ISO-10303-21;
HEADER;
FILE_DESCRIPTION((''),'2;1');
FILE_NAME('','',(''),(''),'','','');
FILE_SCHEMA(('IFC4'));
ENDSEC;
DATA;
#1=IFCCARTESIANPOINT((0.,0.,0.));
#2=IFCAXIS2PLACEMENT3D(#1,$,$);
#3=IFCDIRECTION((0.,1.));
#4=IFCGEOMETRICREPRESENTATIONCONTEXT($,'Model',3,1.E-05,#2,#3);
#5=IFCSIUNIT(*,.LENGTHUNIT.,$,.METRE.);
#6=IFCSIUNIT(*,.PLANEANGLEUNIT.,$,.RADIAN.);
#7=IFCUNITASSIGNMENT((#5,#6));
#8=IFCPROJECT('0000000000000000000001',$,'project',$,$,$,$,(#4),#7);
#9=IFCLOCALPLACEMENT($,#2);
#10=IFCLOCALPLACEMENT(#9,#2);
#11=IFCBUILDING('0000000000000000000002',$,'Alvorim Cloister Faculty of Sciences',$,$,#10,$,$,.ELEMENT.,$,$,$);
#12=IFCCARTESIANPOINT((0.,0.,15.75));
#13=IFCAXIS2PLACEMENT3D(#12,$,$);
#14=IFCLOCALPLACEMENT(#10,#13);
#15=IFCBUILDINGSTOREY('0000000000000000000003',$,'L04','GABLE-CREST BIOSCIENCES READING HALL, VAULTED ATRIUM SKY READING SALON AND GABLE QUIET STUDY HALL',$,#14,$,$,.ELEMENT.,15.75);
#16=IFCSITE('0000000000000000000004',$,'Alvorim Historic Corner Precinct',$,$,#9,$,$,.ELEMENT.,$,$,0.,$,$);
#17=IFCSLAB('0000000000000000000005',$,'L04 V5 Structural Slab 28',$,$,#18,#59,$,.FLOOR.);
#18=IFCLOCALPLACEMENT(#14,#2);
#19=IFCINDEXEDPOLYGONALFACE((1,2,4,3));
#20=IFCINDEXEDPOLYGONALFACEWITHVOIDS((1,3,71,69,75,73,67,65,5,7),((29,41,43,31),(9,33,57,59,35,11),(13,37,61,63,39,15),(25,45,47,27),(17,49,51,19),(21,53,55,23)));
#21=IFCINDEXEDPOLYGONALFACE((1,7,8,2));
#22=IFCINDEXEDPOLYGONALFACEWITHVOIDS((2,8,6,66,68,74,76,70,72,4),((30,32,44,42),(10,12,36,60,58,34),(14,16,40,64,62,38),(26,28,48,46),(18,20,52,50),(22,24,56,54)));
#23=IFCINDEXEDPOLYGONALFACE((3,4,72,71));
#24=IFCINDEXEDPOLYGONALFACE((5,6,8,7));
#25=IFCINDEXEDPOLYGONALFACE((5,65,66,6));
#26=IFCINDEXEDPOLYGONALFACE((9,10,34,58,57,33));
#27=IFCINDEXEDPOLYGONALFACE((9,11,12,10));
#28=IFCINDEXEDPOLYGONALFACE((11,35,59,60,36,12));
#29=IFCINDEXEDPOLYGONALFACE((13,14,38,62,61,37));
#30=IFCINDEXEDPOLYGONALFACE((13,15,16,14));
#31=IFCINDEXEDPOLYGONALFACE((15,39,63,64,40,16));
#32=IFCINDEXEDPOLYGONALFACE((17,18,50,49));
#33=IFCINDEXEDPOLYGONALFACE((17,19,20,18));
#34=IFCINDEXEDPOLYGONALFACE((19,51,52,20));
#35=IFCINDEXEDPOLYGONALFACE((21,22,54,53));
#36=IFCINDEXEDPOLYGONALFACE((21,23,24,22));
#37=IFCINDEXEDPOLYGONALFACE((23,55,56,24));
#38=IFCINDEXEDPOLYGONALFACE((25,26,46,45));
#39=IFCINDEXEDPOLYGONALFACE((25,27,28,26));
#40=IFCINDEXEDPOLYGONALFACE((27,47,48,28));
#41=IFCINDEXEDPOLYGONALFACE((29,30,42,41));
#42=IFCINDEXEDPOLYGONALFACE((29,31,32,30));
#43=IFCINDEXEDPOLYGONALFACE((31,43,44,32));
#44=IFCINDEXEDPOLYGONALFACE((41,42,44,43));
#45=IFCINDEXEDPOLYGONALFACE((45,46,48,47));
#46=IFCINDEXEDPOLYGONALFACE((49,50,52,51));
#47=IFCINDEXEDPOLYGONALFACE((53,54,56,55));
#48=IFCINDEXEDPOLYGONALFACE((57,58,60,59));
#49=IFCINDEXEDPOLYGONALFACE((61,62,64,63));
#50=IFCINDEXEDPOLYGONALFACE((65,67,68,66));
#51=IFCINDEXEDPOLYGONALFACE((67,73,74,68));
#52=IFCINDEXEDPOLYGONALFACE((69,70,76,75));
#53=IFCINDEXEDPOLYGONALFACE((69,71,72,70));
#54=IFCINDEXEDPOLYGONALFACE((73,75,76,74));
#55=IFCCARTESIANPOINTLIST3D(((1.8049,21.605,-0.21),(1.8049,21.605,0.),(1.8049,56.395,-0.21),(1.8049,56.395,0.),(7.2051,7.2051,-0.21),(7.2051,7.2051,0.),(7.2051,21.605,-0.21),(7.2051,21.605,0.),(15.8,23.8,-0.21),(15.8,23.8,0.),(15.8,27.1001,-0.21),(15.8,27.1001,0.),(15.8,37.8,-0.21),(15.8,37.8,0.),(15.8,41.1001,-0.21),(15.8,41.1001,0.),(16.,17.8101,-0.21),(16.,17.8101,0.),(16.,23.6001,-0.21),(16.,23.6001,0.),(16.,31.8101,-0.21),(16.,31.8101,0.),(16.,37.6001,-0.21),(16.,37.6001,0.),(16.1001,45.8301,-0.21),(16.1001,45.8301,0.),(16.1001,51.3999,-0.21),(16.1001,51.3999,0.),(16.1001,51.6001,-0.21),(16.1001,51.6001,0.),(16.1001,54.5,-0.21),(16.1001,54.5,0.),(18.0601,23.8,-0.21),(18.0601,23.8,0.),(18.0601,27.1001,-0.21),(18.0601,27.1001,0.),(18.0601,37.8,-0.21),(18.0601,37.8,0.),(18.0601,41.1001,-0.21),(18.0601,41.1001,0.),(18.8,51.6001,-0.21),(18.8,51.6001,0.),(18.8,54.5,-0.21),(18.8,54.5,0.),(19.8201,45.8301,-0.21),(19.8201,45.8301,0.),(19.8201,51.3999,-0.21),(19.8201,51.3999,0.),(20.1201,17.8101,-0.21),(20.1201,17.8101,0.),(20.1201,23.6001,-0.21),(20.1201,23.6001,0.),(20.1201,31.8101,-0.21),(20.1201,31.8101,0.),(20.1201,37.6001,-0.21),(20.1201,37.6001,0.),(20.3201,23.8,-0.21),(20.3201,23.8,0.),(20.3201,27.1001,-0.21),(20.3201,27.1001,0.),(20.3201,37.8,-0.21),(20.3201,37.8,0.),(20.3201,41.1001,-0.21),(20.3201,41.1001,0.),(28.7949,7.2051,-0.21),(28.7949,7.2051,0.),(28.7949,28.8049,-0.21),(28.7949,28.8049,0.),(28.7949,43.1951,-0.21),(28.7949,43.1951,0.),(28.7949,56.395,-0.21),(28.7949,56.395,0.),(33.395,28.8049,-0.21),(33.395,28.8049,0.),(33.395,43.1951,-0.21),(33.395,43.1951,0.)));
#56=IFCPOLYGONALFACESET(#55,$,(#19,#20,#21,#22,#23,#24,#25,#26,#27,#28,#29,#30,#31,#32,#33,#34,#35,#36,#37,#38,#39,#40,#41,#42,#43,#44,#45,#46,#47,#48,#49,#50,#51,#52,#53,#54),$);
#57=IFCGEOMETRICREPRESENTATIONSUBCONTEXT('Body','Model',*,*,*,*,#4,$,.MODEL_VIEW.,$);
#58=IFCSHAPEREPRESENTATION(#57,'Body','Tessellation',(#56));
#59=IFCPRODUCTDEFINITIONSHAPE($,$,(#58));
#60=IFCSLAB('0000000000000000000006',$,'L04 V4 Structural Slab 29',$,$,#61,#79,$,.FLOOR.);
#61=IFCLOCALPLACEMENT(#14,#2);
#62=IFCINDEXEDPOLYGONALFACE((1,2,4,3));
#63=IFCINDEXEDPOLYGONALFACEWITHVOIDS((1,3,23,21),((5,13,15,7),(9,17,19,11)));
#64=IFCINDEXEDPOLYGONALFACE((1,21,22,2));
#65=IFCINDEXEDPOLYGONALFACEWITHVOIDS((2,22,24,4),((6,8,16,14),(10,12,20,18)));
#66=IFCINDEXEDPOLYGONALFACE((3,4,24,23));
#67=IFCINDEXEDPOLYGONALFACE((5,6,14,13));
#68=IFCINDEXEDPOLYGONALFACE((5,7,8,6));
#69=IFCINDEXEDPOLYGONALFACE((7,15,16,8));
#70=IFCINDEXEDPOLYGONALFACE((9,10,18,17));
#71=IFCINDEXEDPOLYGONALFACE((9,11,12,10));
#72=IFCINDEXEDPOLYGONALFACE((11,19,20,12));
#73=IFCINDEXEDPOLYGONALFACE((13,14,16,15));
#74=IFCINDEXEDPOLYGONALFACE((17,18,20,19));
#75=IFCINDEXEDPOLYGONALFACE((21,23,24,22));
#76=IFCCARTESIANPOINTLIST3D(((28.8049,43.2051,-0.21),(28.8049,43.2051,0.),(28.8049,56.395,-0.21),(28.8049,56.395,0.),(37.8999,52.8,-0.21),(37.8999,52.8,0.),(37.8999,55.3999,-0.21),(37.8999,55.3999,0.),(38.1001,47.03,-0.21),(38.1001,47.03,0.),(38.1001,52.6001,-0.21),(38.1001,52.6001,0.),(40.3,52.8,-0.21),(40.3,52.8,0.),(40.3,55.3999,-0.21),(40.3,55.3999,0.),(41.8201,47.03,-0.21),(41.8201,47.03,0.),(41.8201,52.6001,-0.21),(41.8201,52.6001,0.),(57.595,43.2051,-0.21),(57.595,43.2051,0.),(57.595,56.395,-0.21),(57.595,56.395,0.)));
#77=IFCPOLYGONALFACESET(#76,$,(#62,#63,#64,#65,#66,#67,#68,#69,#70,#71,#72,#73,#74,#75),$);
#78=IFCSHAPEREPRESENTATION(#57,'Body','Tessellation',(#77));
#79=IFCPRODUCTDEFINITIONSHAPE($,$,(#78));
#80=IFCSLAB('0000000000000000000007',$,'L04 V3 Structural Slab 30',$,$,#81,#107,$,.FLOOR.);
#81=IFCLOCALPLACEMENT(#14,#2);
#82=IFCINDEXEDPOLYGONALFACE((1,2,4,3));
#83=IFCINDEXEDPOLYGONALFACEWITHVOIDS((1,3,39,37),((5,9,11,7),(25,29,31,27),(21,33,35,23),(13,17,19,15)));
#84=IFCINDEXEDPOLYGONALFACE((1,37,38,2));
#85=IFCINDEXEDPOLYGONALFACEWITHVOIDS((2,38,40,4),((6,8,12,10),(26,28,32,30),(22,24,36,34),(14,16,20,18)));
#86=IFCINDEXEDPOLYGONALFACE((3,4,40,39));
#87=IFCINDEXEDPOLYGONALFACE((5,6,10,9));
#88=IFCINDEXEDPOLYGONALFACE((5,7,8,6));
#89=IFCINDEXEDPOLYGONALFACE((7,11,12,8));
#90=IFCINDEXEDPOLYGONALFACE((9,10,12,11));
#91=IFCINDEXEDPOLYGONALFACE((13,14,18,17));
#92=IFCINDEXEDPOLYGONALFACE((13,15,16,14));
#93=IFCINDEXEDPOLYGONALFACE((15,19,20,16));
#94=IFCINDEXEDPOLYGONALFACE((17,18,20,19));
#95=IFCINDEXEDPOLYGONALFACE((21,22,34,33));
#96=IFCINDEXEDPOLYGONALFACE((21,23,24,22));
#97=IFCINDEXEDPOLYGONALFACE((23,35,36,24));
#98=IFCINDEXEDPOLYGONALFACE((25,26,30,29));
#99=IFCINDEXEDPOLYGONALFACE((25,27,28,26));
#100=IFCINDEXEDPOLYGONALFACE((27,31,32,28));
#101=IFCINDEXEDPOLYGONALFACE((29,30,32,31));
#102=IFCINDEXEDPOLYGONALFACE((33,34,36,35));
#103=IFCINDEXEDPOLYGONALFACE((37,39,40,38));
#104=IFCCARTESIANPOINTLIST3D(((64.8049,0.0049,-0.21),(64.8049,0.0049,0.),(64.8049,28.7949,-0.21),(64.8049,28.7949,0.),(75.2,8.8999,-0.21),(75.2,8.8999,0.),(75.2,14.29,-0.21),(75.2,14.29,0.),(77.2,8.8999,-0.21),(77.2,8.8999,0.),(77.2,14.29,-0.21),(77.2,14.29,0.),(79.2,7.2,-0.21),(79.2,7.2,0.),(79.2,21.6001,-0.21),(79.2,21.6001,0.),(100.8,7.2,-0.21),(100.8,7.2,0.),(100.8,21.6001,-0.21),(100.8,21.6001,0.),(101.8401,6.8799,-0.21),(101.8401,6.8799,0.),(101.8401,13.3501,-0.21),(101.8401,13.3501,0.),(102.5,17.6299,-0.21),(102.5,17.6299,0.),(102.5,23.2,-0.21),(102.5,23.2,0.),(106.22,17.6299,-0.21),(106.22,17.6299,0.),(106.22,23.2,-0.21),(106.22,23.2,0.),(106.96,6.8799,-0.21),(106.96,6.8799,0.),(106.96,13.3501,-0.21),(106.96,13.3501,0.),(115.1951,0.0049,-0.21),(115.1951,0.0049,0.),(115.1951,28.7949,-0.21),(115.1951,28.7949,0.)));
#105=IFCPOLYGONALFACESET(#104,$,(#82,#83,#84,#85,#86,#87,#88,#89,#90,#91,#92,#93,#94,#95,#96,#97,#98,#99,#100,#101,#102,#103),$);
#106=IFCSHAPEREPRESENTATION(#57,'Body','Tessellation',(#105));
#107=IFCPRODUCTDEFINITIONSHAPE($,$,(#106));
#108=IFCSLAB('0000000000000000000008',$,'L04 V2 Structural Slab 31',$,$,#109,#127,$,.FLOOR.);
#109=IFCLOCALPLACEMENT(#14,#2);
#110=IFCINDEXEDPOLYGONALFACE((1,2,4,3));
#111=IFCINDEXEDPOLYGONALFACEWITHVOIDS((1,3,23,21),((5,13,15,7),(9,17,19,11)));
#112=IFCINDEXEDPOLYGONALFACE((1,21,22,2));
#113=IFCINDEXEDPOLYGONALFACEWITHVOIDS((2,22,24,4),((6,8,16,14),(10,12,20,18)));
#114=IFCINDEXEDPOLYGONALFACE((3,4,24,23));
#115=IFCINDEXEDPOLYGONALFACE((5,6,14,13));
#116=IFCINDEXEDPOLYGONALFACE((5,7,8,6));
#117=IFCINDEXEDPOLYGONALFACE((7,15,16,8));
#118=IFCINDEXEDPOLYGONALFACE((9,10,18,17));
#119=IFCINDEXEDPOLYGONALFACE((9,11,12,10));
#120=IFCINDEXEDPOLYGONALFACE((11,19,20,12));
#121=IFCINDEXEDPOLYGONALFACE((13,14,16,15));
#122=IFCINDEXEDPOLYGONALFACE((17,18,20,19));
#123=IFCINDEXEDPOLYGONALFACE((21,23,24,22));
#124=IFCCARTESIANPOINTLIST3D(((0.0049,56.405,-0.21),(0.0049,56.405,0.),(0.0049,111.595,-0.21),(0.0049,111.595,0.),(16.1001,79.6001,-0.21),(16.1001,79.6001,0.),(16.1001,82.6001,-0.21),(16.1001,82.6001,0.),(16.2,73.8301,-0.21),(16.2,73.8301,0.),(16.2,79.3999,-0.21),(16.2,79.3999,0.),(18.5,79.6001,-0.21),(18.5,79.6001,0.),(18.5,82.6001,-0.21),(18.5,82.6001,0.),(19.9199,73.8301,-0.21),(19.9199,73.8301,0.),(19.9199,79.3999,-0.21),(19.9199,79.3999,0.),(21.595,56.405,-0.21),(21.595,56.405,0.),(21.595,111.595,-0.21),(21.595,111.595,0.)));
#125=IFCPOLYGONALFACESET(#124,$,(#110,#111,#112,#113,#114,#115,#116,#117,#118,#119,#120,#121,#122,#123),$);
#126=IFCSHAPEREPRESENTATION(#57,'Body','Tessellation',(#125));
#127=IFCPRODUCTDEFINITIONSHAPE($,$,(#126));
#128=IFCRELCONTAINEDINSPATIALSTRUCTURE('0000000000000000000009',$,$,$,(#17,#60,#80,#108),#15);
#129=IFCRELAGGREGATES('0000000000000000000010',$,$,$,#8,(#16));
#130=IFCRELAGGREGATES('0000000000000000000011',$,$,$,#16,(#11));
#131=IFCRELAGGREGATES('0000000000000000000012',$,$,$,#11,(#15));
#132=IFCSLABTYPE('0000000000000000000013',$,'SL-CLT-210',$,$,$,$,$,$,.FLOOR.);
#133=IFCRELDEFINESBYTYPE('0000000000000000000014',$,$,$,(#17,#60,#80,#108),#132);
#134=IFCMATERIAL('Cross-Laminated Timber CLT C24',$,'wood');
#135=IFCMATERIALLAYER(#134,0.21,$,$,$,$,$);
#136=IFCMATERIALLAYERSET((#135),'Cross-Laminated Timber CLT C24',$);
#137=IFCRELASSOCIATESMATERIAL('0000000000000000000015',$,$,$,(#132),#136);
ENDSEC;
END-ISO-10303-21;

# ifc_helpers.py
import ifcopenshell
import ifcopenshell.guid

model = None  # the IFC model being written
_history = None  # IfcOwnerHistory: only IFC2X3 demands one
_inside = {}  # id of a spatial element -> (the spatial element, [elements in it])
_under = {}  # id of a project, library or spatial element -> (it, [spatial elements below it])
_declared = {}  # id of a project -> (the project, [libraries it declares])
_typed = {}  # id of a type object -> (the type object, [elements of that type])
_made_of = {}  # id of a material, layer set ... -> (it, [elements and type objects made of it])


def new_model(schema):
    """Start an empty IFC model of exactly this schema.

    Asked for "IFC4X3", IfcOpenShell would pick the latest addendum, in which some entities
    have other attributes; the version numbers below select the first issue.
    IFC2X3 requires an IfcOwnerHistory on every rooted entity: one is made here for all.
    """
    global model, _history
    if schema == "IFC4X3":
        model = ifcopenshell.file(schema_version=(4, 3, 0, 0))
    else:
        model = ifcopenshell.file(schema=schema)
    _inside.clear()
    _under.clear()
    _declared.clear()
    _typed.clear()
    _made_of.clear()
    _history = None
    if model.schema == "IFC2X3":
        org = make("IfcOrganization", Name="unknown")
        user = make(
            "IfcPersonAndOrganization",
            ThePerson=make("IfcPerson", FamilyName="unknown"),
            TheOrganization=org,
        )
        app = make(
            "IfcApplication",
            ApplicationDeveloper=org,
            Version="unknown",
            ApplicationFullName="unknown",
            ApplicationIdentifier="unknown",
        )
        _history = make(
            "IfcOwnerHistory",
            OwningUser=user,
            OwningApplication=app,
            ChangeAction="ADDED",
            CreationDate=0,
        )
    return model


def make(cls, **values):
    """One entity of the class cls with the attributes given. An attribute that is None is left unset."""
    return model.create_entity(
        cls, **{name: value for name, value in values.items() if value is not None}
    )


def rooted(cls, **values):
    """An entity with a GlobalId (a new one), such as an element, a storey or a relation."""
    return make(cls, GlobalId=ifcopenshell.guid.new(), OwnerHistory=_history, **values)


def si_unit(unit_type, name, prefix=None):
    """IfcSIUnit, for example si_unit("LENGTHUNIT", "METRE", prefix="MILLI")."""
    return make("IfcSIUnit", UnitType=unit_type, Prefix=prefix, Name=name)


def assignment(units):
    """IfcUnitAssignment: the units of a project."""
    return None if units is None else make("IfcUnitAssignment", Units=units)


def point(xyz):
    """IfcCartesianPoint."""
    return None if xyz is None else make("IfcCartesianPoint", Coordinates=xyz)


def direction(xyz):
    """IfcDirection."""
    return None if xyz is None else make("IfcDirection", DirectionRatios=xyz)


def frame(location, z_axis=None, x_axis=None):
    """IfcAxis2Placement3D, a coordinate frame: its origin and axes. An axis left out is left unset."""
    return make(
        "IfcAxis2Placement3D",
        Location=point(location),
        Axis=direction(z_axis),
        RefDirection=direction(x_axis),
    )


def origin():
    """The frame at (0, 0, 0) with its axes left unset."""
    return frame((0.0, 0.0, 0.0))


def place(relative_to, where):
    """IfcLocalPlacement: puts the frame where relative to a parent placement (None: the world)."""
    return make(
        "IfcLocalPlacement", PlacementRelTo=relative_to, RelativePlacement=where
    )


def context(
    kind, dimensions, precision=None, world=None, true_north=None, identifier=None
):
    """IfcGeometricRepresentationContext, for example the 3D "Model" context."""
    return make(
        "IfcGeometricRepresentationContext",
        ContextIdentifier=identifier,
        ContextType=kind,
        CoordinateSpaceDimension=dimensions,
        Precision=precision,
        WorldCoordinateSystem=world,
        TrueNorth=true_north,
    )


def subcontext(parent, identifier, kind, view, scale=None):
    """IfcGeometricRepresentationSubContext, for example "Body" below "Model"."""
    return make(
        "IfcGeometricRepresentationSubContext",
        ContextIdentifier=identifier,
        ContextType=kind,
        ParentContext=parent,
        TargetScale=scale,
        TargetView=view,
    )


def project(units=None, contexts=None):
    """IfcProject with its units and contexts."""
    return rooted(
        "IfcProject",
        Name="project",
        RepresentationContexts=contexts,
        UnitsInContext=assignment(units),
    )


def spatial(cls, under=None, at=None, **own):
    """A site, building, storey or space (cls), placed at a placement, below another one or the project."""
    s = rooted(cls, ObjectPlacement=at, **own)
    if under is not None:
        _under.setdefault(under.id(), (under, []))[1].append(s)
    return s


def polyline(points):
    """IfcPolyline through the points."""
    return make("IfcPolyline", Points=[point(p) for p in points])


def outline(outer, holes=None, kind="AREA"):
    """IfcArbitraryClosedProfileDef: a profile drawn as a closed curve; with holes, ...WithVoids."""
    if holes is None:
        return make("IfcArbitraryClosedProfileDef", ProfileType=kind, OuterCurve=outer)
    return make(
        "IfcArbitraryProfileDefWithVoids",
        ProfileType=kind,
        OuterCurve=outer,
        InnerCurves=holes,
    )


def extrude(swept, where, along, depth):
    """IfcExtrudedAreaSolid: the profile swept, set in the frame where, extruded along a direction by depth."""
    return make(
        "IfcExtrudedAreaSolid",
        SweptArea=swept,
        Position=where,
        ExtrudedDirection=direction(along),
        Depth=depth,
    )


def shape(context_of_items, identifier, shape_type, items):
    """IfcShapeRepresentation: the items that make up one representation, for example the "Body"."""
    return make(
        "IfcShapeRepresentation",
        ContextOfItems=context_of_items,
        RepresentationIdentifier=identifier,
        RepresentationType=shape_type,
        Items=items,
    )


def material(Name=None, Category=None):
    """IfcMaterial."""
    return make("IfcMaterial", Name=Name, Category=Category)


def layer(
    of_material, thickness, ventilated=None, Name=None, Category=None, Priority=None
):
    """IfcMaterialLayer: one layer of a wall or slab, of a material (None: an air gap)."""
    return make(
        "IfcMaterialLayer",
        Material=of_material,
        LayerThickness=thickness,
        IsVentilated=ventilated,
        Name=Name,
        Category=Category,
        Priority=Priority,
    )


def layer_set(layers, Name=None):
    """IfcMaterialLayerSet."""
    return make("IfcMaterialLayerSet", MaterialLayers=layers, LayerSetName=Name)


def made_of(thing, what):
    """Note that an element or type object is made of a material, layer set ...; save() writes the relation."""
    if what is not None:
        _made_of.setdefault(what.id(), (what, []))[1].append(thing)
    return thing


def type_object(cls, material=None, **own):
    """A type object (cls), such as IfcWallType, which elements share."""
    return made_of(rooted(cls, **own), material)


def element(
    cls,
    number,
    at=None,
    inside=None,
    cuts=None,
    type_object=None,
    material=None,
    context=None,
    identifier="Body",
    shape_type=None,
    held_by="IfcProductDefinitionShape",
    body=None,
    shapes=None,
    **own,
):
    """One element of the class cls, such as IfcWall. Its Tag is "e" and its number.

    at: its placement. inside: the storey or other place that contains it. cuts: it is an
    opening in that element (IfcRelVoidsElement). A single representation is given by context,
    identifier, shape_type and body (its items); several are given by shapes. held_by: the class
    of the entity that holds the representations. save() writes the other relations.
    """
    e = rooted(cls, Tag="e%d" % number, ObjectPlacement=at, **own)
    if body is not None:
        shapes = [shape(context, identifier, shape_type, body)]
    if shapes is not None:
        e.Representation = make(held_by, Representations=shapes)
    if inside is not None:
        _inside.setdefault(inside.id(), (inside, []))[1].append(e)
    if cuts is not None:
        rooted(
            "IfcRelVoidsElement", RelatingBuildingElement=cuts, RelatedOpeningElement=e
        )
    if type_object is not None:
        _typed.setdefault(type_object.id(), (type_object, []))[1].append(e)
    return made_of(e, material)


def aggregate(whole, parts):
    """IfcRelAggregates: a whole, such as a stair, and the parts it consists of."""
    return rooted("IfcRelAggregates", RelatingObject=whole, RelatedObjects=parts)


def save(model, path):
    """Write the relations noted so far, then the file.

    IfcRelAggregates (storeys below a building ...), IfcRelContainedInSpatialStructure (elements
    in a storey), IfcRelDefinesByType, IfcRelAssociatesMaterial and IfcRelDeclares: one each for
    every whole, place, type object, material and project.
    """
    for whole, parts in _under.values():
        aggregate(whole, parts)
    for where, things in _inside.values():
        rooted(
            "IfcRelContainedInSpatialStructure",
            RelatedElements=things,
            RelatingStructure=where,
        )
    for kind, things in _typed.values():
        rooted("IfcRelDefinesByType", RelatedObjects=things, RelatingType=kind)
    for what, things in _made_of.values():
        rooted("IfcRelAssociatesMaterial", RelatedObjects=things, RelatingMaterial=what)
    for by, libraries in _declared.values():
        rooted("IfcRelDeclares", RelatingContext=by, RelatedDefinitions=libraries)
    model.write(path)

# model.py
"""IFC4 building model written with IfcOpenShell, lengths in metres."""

from ifc_helpers import new_model, si_unit, direction, frame, origin, place, context, subcontext, project, spatial, polyline, outline, extrude, material, layer, layer_set, type_object, element, save


model = new_model("IFC4")

# Units and contexts
model_context = context("Model", 3, precision=1e-05, world=origin(), true_north=direction((0.0, 1.0)))
body_context = subcontext(model_context, "Body", "Model", "MODEL_VIEW")
ifc_project = project(units=[si_unit("LENGTHUNIT", "METRE"), si_unit("PLANEANGLEUNIT", "RADIAN")], contexts=[model_context])

# Site, building, storey
site_placement = place(None, origin())
site = spatial("IfcSite", under=ifc_project, at=site_placement, Name="Alvorim Historic Corner Precinct", CompositionType="ELEMENT", RefElevation=0.0)
building_placement = place(site_placement, origin())
building = spatial("IfcBuilding", under=site, at=building_placement, Name="Alvorim Cloister Faculty of Sciences", CompositionType="ELEMENT")
storey_placement = place(building_placement, frame((0.0, 0.0, 15.75)))
storey = spatial("IfcBuildingStorey", under=building, at=storey_placement, Name="L04", Description="GABLE-CREST BIOSCIENCES READING HALL, VAULTED ATRIUM SKY READING SALON AND GABLE QUIET STUDY HALL", CompositionType="ELEMENT", Elevation=15.75)

# Slabs
ifc_material_1 = material(Name="Cross-Laminated Timber CLT C24", Category="wood")
ifc_layer_1 = layer(ifc_material_1, 0.21)
ifc_layer_set_1 = layer_set([ifc_layer_1], Name="Cross-Laminated Timber CLT C24")
slab_type_1 = type_object("IfcSlabType", Name="SL-CLT-210", PredefinedType="FLOOR", material=ifc_layer_set_1)
slab_1_placement = place(storey_placement, frame((0.0, 0.0, -0.21)))
element("IfcSlab", 1, at=slab_1_placement, inside=storey, type_object=slab_type_1, Name="L04 V5 Structural Slab 28", PredefinedType="FLOOR", context=body_context, shape_type="SweptSolid", body=[
    extrude(outline(polyline([(7.2051, 21.605), (1.8049, 21.605), (1.8049, 56.395), (28.7949, 56.395), (28.7949, 43.1951), (33.395, 43.1951), (33.395, 28.8049), (28.7949, 28.8049), (28.7949, 7.2051), (7.2051, 7.2051), (7.2051, 21.605)]), holes=[polyline([(20.1201, 23.6001), (16.0, 23.6001), (16.0, 17.8101), (20.1201, 17.8101), (20.1201, 23.6001)]), polyline([(18.0601, 23.8), (20.3201, 23.8), (20.3201, 27.1001), (18.0601, 27.1001), (15.8, 27.1001), (15.8, 23.8), (18.0601, 23.8)]), polyline([(20.1201, 37.6001), (16.0, 37.6001), (16.0, 31.8101), (20.1201, 31.8101), (20.1201, 37.6001)]), polyline([(18.0601, 37.8), (20.3201, 37.8), (20.3201, 41.1001), (18.0601, 41.1001), (15.8, 41.1001), (15.8, 37.8), (18.0601, 37.8)]), polyline([(19.8201, 51.3999), (16.1001, 51.3999), (16.1001, 45.8301), (19.8201, 45.8301), (19.8201, 51.3999)]), polyline([(18.8, 54.5), (16.1001, 54.5), (16.1001, 51.6001), (18.8, 51.6001), (18.8, 54.5)])]), origin(), (0.0, 0.0, 1.0), 0.21),
])
slab_2_placement = place(storey_placement, frame((0.0, 0.0, -0.21)))
element("IfcSlab", 2, at=slab_2_placement, inside=storey, type_object=slab_type_1, Name="L04 V4 Structural Slab 29", PredefinedType="FLOOR", context=body_context, shape_type="SweptSolid", body=[
    extrude(outline(polyline([(28.8049, 43.2051), (28.8049, 56.395), (57.595, 56.395), (57.595, 43.2051), (28.8049, 43.2051)]), holes=[polyline([(41.8201, 52.6001), (38.1001, 52.6001), (38.1001, 47.03), (41.8201, 47.03), (41.8201, 52.6001)]), polyline([(40.3, 55.3999), (37.8999, 55.3999), (37.8999, 52.8), (40.3, 52.8), (40.3, 55.3999)])]), origin(), (0.0, 0.0, 1.0), 0.21),
])
slab_3_placement = place(storey_placement, frame((0.0, 0.0, -0.21)))
element("IfcSlab", 3, at=slab_3_placement, inside=storey, type_object=slab_type_1, Name="L04 V3 Structural Slab 30", PredefinedType="FLOOR", context=body_context, shape_type="SweptSolid", body=[
    extrude(outline(polyline([(64.8049, 0.0049), (64.8049, 28.7949), (115.1951, 28.7949), (115.1951, 0.0049), (64.8049, 0.0049)]), holes=[polyline([(106.96, 13.3501), (101.8401, 13.3501), (101.8401, 6.8799), (106.96, 6.8799), (106.96, 13.3501)]), polyline([(77.2, 14.29), (75.2, 14.29), (75.2, 8.8999), (77.2, 8.8999), (77.2, 14.29)]), polyline([(100.8, 21.6001), (79.2, 21.6001), (79.2, 7.2), (100.8, 7.2), (100.8, 21.6001)]), polyline([(106.22, 23.2), (102.5, 23.2), (102.5, 17.6299), (106.22, 17.6299), (106.22, 23.2)])]), origin(), (0.0, 0.0, 1.0), 0.21),
])
slab_4_placement = place(storey_placement, frame((0.0, 0.0, -0.21)))
element("IfcSlab", 4, at=slab_4_placement, inside=storey, type_object=slab_type_1, Name="L04 V2 Structural Slab 31", PredefinedType="FLOOR", context=body_context, shape_type="SweptSolid", body=[
    extrude(outline(polyline([(0.0049, 56.405), (0.0049, 111.595), (21.595, 111.595), (21.595, 56.405), (0.0049, 56.405)]), holes=[polyline([(19.9199, 79.3999), (16.2, 79.3999), (16.2, 73.8301), (19.9199, 73.8301), (19.9199, 79.3999)]), polyline([(18.5, 82.6001), (16.1001, 82.6001), (16.1001, 79.6001), (18.5, 79.6001), (18.5, 82.6001)])]), origin(), (0.0, 0.0, 1.0), 0.21),
])

save(model, "model.ifc")
